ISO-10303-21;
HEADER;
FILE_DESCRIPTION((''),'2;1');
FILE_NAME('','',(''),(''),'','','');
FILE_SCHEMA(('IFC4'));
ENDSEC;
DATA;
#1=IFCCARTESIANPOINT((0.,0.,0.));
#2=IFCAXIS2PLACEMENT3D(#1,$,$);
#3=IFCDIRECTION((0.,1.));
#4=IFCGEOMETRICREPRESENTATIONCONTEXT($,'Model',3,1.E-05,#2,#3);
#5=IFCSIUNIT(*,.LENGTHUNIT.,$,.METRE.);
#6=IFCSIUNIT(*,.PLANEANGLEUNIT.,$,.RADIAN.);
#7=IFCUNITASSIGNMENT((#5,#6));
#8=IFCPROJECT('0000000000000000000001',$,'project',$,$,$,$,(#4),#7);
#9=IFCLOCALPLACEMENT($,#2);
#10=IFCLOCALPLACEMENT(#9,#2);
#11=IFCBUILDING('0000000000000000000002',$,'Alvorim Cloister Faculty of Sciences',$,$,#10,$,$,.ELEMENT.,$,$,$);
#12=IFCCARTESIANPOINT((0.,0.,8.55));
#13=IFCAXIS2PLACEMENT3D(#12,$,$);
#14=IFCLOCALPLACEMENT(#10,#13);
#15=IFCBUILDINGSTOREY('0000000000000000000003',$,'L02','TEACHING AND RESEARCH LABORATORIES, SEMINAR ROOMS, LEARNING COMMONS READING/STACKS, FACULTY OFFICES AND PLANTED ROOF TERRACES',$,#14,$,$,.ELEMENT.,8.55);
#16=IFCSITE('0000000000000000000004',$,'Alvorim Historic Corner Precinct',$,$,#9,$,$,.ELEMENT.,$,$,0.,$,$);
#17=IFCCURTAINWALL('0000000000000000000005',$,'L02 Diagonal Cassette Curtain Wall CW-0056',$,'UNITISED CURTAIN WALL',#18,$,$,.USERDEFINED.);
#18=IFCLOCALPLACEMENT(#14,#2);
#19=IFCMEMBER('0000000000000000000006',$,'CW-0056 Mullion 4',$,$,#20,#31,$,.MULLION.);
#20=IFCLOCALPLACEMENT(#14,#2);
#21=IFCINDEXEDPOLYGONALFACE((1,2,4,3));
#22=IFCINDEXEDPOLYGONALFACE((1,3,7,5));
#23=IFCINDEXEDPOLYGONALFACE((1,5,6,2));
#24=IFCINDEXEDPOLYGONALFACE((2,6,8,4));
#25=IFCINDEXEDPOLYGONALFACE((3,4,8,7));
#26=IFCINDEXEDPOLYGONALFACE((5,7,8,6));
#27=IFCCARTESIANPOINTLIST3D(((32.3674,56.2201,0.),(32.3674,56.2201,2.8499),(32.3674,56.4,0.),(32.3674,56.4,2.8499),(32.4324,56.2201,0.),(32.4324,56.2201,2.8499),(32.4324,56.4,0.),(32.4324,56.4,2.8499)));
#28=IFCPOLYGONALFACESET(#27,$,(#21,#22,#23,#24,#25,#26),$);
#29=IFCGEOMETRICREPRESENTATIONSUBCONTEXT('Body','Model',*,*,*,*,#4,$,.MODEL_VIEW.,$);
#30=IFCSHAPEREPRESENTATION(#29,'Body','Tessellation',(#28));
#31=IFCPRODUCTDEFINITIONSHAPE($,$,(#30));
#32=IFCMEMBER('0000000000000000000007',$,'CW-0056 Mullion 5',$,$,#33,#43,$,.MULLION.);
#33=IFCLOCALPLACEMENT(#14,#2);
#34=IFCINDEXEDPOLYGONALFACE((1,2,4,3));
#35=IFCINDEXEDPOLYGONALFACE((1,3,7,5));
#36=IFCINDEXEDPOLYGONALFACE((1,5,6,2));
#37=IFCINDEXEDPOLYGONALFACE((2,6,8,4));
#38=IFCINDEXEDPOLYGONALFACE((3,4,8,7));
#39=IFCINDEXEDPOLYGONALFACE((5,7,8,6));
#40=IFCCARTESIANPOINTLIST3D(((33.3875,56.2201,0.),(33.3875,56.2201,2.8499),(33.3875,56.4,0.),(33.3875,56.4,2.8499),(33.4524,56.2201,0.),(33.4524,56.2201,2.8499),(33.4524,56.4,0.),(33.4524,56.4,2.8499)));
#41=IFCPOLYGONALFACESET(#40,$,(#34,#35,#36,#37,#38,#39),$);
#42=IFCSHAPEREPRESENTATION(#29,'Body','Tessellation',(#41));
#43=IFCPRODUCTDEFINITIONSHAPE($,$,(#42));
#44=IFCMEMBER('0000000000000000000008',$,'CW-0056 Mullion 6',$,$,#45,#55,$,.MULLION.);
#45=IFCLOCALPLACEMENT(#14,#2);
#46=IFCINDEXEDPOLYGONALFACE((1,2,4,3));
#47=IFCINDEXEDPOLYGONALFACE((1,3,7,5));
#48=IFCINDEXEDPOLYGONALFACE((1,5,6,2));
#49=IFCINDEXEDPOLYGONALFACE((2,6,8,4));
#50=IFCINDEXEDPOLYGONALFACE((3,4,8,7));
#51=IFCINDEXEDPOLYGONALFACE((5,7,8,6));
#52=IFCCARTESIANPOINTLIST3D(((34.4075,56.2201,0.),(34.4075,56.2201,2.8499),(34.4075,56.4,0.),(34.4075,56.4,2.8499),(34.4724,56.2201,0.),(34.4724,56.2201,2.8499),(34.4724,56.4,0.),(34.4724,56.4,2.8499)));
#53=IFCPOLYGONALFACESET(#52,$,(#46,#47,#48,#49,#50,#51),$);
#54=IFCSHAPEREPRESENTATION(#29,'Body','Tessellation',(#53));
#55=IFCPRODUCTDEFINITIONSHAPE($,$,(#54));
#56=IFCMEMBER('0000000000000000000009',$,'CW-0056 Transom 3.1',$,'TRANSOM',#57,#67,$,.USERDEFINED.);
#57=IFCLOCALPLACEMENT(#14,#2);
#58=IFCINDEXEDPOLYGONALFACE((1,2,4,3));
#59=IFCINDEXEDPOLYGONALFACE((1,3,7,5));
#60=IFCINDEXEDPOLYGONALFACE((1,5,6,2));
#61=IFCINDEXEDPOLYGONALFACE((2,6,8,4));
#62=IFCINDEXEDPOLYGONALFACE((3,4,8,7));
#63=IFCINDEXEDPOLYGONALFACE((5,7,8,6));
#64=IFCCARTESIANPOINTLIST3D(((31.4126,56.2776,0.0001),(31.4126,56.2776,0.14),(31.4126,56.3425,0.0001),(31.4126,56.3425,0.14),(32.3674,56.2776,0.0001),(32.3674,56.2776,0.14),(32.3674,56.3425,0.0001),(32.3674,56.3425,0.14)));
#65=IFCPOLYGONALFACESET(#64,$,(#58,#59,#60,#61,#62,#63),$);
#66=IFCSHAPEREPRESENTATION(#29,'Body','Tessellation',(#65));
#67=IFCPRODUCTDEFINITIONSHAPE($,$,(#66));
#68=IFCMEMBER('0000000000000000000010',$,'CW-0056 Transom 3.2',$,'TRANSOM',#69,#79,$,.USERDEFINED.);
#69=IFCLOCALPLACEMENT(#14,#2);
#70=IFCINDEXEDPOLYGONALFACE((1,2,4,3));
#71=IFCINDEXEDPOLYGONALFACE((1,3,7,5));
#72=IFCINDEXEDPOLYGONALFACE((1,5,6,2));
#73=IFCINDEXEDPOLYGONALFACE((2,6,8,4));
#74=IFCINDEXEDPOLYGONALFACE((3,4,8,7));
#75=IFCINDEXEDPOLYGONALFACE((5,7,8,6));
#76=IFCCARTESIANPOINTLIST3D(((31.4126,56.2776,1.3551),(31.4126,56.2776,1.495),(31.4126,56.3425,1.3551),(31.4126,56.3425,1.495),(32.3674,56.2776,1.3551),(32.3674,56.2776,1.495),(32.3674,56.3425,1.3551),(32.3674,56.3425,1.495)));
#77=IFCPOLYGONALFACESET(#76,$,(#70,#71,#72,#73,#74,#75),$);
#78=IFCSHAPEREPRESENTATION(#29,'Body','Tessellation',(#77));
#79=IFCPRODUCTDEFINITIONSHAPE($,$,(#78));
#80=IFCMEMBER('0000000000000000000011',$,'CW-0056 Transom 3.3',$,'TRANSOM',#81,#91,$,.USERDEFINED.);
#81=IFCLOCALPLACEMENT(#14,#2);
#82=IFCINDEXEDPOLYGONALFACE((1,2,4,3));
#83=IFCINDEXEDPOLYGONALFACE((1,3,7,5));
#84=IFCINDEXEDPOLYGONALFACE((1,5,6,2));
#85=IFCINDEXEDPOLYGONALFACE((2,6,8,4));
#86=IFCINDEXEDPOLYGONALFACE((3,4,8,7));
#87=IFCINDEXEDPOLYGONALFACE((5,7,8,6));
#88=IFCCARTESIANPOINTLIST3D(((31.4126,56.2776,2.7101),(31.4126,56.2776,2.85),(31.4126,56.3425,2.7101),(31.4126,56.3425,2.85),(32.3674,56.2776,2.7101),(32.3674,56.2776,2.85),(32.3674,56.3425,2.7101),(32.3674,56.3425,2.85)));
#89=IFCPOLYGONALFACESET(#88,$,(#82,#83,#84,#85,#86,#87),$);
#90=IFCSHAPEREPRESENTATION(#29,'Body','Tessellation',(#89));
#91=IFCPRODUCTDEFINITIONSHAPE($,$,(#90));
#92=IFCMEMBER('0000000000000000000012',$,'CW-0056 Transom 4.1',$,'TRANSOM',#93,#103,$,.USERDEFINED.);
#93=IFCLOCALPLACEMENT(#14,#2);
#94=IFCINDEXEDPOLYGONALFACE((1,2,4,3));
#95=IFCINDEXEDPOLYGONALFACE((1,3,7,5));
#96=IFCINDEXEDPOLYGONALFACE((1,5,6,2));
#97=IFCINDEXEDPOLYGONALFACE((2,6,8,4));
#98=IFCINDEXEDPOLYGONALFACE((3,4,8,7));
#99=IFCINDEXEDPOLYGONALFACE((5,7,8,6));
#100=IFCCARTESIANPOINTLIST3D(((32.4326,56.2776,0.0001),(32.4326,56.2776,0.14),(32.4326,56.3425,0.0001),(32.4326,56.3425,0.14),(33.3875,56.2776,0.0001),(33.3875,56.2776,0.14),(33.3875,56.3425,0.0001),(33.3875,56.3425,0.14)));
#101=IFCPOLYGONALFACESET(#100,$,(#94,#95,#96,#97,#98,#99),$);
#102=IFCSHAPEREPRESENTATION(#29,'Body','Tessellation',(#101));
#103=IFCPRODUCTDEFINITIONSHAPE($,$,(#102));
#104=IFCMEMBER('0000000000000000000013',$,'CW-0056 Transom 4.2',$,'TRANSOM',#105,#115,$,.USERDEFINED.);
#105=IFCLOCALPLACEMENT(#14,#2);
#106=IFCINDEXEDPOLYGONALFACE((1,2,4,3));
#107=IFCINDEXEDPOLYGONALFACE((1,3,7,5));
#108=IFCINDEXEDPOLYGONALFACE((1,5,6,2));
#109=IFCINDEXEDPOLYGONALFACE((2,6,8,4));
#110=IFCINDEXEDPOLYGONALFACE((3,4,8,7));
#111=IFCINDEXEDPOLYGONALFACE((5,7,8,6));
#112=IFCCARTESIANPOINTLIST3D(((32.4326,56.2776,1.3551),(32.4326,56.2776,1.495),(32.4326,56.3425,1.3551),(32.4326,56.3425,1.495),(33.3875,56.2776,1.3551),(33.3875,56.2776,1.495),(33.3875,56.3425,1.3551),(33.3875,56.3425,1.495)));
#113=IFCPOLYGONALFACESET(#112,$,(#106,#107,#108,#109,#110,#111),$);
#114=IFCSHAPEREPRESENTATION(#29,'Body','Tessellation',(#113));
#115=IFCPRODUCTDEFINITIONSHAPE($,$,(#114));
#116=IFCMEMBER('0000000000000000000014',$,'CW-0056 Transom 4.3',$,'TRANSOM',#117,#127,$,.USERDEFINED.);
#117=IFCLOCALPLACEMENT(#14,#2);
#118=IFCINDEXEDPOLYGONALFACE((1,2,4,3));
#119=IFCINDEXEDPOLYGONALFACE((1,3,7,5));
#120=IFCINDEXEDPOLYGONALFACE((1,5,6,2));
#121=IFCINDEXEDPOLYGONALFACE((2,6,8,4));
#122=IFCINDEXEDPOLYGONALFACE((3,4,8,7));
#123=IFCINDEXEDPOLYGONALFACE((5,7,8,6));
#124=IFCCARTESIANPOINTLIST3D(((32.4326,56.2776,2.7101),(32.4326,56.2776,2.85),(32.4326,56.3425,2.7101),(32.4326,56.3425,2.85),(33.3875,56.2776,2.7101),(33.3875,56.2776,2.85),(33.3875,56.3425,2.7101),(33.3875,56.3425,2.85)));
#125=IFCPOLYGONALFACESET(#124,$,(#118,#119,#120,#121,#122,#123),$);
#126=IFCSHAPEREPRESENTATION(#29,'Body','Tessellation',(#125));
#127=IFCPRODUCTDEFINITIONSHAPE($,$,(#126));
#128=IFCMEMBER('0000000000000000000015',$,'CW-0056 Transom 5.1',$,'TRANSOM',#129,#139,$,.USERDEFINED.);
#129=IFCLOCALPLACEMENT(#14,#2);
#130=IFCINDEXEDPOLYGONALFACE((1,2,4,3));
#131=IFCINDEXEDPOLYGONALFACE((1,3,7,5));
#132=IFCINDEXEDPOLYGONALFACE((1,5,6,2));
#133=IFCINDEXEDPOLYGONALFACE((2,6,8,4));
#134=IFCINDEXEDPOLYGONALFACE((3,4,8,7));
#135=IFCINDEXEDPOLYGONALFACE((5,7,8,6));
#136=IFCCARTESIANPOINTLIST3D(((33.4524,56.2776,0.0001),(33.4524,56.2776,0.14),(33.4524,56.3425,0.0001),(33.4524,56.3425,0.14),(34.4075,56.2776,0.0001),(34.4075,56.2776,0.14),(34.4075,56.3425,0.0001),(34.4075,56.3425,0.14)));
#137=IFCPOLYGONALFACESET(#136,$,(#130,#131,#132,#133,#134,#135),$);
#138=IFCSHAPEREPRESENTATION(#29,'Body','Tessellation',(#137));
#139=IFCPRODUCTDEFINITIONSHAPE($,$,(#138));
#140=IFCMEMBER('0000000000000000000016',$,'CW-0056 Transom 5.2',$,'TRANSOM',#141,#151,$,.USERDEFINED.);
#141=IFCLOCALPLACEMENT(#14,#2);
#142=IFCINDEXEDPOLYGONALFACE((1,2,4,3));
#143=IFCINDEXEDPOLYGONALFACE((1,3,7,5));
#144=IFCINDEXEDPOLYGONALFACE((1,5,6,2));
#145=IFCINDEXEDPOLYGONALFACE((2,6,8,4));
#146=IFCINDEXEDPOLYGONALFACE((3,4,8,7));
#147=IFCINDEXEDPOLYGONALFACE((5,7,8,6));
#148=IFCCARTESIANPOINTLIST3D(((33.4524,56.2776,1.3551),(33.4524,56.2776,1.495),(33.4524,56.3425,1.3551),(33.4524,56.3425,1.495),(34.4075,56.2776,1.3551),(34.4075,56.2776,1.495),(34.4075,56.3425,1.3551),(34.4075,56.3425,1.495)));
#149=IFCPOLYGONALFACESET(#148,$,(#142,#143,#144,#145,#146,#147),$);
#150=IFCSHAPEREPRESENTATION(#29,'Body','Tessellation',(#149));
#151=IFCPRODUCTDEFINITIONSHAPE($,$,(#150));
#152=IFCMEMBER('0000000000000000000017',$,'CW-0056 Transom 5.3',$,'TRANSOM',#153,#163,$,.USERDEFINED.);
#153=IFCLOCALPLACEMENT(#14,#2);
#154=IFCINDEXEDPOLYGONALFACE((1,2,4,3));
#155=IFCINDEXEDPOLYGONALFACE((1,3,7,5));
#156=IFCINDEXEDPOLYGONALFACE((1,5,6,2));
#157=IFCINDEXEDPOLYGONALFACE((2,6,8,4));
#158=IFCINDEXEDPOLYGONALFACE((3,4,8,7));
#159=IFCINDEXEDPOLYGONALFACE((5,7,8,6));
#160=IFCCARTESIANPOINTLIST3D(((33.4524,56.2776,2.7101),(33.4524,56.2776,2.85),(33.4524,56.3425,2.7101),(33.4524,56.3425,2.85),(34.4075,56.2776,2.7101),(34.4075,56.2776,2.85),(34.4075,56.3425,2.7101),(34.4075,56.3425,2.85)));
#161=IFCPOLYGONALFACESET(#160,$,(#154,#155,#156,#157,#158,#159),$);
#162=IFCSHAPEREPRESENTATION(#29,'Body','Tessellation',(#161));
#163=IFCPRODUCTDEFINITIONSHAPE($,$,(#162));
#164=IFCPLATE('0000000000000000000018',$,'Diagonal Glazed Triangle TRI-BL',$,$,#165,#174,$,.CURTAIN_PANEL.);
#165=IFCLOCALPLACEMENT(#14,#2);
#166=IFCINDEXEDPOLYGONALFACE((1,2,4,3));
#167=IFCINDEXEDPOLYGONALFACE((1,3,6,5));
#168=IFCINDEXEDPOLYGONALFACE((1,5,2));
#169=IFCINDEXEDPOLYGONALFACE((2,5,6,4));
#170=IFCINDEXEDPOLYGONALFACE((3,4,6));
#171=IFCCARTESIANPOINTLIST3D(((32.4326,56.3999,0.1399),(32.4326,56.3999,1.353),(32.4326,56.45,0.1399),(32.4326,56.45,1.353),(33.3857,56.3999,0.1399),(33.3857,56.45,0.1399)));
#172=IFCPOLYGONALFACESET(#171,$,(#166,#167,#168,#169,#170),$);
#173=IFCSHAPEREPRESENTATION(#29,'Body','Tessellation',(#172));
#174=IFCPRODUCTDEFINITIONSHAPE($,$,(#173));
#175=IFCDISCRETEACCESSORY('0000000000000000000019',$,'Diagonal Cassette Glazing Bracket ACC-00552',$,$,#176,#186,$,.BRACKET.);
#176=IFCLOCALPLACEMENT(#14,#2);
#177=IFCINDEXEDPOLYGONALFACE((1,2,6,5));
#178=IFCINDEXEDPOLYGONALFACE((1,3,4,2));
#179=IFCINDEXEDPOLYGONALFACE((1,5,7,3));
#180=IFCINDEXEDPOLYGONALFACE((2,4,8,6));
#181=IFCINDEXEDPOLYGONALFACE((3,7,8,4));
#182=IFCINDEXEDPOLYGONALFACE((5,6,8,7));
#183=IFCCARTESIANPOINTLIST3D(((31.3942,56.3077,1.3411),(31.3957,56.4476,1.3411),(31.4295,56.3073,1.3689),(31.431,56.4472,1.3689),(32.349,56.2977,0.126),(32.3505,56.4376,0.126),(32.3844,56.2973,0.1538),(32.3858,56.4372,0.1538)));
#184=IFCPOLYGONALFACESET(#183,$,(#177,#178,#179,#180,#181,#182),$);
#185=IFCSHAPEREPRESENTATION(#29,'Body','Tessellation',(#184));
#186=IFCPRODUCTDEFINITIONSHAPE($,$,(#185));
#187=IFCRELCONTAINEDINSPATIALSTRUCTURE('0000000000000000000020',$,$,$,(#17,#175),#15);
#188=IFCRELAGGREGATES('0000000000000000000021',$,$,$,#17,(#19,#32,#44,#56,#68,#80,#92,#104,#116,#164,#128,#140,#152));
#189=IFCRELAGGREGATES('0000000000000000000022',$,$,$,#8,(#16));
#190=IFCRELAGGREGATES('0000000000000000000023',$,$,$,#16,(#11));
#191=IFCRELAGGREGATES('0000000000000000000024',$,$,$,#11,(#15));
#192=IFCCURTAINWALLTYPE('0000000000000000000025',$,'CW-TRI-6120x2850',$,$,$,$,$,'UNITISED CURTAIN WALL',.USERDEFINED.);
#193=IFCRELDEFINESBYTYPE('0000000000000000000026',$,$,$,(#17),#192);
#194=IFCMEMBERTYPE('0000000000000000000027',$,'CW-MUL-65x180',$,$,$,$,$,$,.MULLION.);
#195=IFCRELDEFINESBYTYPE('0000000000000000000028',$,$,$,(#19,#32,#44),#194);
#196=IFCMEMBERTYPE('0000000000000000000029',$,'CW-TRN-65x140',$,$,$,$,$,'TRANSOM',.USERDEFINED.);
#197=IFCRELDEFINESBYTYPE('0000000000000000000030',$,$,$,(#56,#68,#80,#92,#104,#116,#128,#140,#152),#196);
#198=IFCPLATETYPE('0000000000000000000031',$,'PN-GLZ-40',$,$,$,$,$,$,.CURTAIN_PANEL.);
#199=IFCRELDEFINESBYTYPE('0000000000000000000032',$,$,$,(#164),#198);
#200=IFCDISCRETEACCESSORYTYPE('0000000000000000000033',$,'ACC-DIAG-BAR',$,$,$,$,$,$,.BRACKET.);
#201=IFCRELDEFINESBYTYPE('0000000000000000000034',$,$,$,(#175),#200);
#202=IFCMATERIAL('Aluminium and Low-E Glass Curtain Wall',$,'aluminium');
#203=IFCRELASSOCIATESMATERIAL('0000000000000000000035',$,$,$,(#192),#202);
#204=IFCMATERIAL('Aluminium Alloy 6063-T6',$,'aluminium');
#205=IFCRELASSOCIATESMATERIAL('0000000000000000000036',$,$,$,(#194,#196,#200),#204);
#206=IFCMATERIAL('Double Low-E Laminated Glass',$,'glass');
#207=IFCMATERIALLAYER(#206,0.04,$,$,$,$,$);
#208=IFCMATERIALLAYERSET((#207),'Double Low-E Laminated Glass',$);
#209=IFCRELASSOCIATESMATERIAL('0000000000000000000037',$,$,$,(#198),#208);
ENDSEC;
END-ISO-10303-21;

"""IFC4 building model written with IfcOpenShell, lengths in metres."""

from ifc_helpers import new_model, si_unit, direction, frame, origin, origin_2d, place, context, subcontext, project, spatial, polyline, rectangle, outline, extrude, material, layer, layer_set, material_profile, profile_set, type_object, element, aggregate, save


model = new_model("IFC4")

# Units and contexts
model_context = context("Model", 3, precision=1e-05, world=origin(), true_north=direction((0.0, 1.0)))
body_context = subcontext(model_context, "Body", "Model", "MODEL_VIEW")
ifc_project = project(units=[si_unit("LENGTHUNIT", "METRE"), si_unit("PLANEANGLEUNIT", "RADIAN")], contexts=[model_context])

# Site, building, storey
site_placement = place(None, origin())
site = spatial("IfcSite", under=ifc_project, at=site_placement, Name="Alvorim Historic Corner Precinct", CompositionType="ELEMENT", RefElevation=0.0)
building_placement = place(site_placement, origin())
building = spatial("IfcBuilding", under=site, at=building_placement, Name="Alvorim Cloister Faculty of Sciences", CompositionType="ELEMENT")
storey_placement = place(building_placement, frame((0.0, 0.0, 8.55)))
storey = spatial("IfcBuildingStorey", under=building, at=storey_placement, Name="L02", Description="TEACHING AND RESEARCH LABORATORIES, SEMINAR ROOMS, LEARNING COMMONS READING/STACKS, FACULTY OFFICES AND PLANTED ROOF TERRACES", CompositionType="ELEMENT", Elevation=8.55)

# Curtain wall, members, plate
ifc_material_1 = material(Name="Aluminium and Low-E Glass Curtain Wall", Category="aluminium")
curtain_wall_type = type_object("IfcCurtainWallType", Name="CW-TRI-6120x2850", ElementType="UNITISED CURTAIN WALL", PredefinedType="USERDEFINED", material=ifc_material_1)
curtain_wall_placement = place(storey_placement, origin())
curtain_wall = element("IfcCurtainWall", 1, at=curtain_wall_placement, inside=storey, type_object=curtain_wall_type, Name="L02 Diagonal Cassette Curtain Wall CW-0056", ObjectType="UNITISED CURTAIN WALL", PredefinedType="USERDEFINED")
ifc_material_2 = material(Name="Aluminium Alloy 6063-T6", Category="aluminium")
ifc_material_profile_1 = material_profile(ifc_material_2, rectangle(XDim=0.0649, YDim=0.1799, at=origin_2d()), Name="ALU-MUL-65x180")
ifc_profile_set_1 = profile_set([ifc_material_profile_1], Name="Aluminium Alloy 6063-T6")
member_type_1 = type_object("IfcMemberType", Name="CW-MUL-65x180", PredefinedType="MULLION", material=ifc_profile_set_1)
member_1_placement = place(storey_placement, frame((32.3999, 56.3101, 0.0), z_axis=(0.0, 0.0, 1.0), x_axis=(1.0, 0.0, 0.0)))
member_1 = element("IfcMember", 2, at=member_1_placement, type_object=member_type_1, Name="CW-0056 Mullion 4", PredefinedType="MULLION", context=body_context, shape_type="SweptSolid", body=[
    extrude(rectangle(XDim=0.0649, YDim=0.1799, at=origin_2d()), origin(), (0.0, 0.0, 1.0), 2.8499),
])
member_2_placement = place(storey_placement, frame((33.4199, 56.3101, 0.0), z_axis=(0.0, 0.0, 1.0), x_axis=(1.0, 0.0, 0.0)))
member_2 = element("IfcMember", 3, at=member_2_placement, type_object=member_type_1, Name="CW-0056 Mullion 5", PredefinedType="MULLION", context=body_context, shape_type="SweptSolid", body=[
    extrude(rectangle(XDim=0.0649, YDim=0.1799, at=origin_2d()), origin(), (0.0, 0.0, 1.0), 2.8499),
])
member_3_placement = place(storey_placement, frame((34.4399, 56.3101, 0.0), z_axis=(0.0, 0.0, 1.0), x_axis=(1.0, 0.0, 0.0)))
member_3 = element("IfcMember", 4, at=member_3_placement, type_object=member_type_1, Name="CW-0056 Mullion 6", PredefinedType="MULLION", context=body_context, shape_type="SweptSolid", body=[
    extrude(rectangle(XDim=0.0649, YDim=0.1799, at=origin_2d()), origin(), (0.0, 0.0, 1.0), 2.8499),
])
ifc_material_profile_2 = material_profile(ifc_material_2, rectangle(XDim=0.0649, YDim=0.1399, at=origin_2d()), Name="ALU-TRN-65x140")
ifc_profile_set_2 = profile_set([ifc_material_profile_2], Name="Aluminium Alloy 6063-T6")
member_type_2 = type_object("IfcMemberType", Name="CW-TRN-65x140", ElementType="TRANSOM", PredefinedType="USERDEFINED", material=ifc_profile_set_2)
member_4_placement = place(storey_placement, frame((31.4126, 56.3101, 0.0701), z_axis=(1.0, 0.0, 0.0), x_axis=(0.0, 1.0, 0.0)))
member_4 = element("IfcMember", 5, at=member_4_placement, type_object=member_type_2, Name="CW-0056 Transom 3.1", ObjectType="TRANSOM", PredefinedType="USERDEFINED", context=body_context, shape_type="SweptSolid", body=[
    extrude(rectangle(XDim=0.0649, YDim=0.1399, at=origin_2d()), origin(), (0.0, 0.0, 1.0), 0.9548),
])
member_5_placement = place(storey_placement, frame((31.4126, 56.3101, 1.425), z_axis=(1.0, 0.0, 0.0), x_axis=(0.0, 1.0, 0.0)))
member_5 = element("IfcMember", 6, at=member_5_placement, type_object=member_type_2, Name="CW-0056 Transom 3.2", ObjectType="TRANSOM", PredefinedType="USERDEFINED", context=body_context, shape_type="SweptSolid", body=[
    extrude(rectangle(XDim=0.0649, YDim=0.1399, at=origin_2d()), origin(), (0.0, 0.0, 1.0), 0.9548),
])
member_6_placement = place(storey_placement, frame((31.4126, 56.3101, 2.78), z_axis=(1.0, 0.0, 0.0), x_axis=(0.0, 1.0, 0.0)))
member_6 = element("IfcMember", 7, at=member_6_placement, type_object=member_type_2, Name="CW-0056 Transom 3.3", ObjectType="TRANSOM", PredefinedType="USERDEFINED", context=body_context, shape_type="SweptSolid", body=[
    extrude(rectangle(XDim=0.0649, YDim=0.1399, at=origin_2d()), origin(), (0.0, 0.0, 1.0), 0.9548),
])
member_7_placement = place(storey_placement, frame((32.4326, 56.3101, 0.0701), z_axis=(1.0, 0.0, 0.0), x_axis=(0.0, 1.0, 0.0)))
member_7 = element("IfcMember", 8, at=member_7_placement, type_object=member_type_2, Name="CW-0056 Transom 4.1", ObjectType="TRANSOM", PredefinedType="USERDEFINED", context=body_context, shape_type="SweptSolid", body=[
    extrude(rectangle(XDim=0.0649, YDim=0.1399, at=origin_2d()), origin(), (0.0, 0.0, 1.0), 0.9548),
])
member_8_placement = place(storey_placement, frame((32.4326, 56.3101, 1.425), z_axis=(1.0, 0.0, 0.0), x_axis=(0.0, 1.0, 0.0)))
member_8 = element("IfcMember", 9, at=member_8_placement, type_object=member_type_2, Name="CW-0056 Transom 4.2", ObjectType="TRANSOM", PredefinedType="USERDEFINED", context=body_context, shape_type="SweptSolid", body=[
    extrude(rectangle(XDim=0.0649, YDim=0.1399, at=origin_2d()), origin(), (0.0, 0.0, 1.0), 0.9548),
])
member_9_placement = place(storey_placement, frame((32.4326, 56.3101, 2.78), z_axis=(1.0, 0.0, 0.0), x_axis=(0.0, 1.0, 0.0)))
member_9 = element("IfcMember", 10, at=member_9_placement, type_object=member_type_2, Name="CW-0056 Transom 4.3", ObjectType="TRANSOM", PredefinedType="USERDEFINED", context=body_context, shape_type="SweptSolid", body=[
    extrude(rectangle(XDim=0.0649, YDim=0.1399, at=origin_2d()), origin(), (0.0, 0.0, 1.0), 0.9548),
])
member_10_placement = place(storey_placement, frame((33.4524, 56.3101, 0.0701), z_axis=(1.0, 0.0, 0.0), x_axis=(0.0, 1.0, 0.0)))
member_10 = element("IfcMember", 11, at=member_10_placement, type_object=member_type_2, Name="CW-0056 Transom 5.1", ObjectType="TRANSOM", PredefinedType="USERDEFINED", context=body_context, shape_type="SweptSolid", body=[
    extrude(rectangle(XDim=0.0649, YDim=0.1399, at=origin_2d()), origin(), (0.0, 0.0, 1.0), 0.9551),
])
member_11_placement = place(storey_placement, frame((33.4524, 56.3101, 1.425), z_axis=(1.0, 0.0, 0.0), x_axis=(0.0, 1.0, 0.0)))
member_11 = element("IfcMember", 12, at=member_11_placement, type_object=member_type_2, Name="CW-0056 Transom 5.2", ObjectType="TRANSOM", PredefinedType="USERDEFINED", context=body_context, shape_type="SweptSolid", body=[
    extrude(rectangle(XDim=0.0649, YDim=0.1399, at=origin_2d()), origin(), (0.0, 0.0, 1.0), 0.9551),
])
member_12_placement = place(storey_placement, frame((33.4524, 56.3101, 2.78), z_axis=(1.0, 0.0, 0.0), x_axis=(0.0, 1.0, 0.0)))
member_12 = element("IfcMember", 13, at=member_12_placement, type_object=member_type_2, Name="CW-0056 Transom 5.3", ObjectType="TRANSOM", PredefinedType="USERDEFINED", context=body_context, shape_type="SweptSolid", body=[
    extrude(rectangle(XDim=0.0649, YDim=0.1399, at=origin_2d()), origin(), (0.0, 0.0, 1.0), 0.9551),
])
ifc_material_3 = material(Name="Double Low-E Laminated Glass", Category="glass")
ifc_layer = layer(ifc_material_3, 0.04)
ifc_layer_set = layer_set([ifc_layer], Name="Double Low-E Laminated Glass")
plate_type = type_object("IfcPlateType", Name="PN-GLZ-40", PredefinedType="CURTAIN_PANEL", material=ifc_layer_set)
plate_1_placement = place(storey_placement, frame((32.4326, 56.425, 0.1399), z_axis=(0.0, 0.0, 1.0), x_axis=(1.0, 0.0, 0.0)))
plate_1 = element("IfcPlate", 14, at=plate_1_placement, type_object=plate_type, Name="Diagonal Glazed Triangle TRI-BL", PredefinedType="CURTAIN_PANEL", context=body_context, shape_type="SweptSolid", body=[
    extrude(outline(polyline([(0.0, 0.0), (0.9531, 0.0), (0.0, 1.2131), (0.0, 0.0)])), frame((0.0, 0.0249, 0.0), z_axis=(0.0, -1.0, 0.0), x_axis=(1.0, 0.0, 0.0)), (0.0, 0.0, 1.0), 0.05),
])
aggregate(curtain_wall, [member_1, member_2, member_3, member_4, member_5, member_6, member_7, member_8, member_9, plate_1, member_10, member_11, member_12])

# Discrete accessory
discrete_accessory_type = type_object("IfcDiscreteAccessoryType", Name="ACC-DIAG-BAR", PredefinedType="BRACKET", material=ifc_material_2)
for number, where, z_axis, x_axis, name in (
    (15, (31.4126, 56.3774, 1.355), (0.617857, -0.006477, -0.786263), (0.010483, 0.999945, 0.0), "Diagonal Cassette Glazing Bracket ACC-00552"),
):
    element("IfcDiscreteAccessory", number, at=place(storey_placement, frame(where, z_axis=z_axis, x_axis=x_axis)), inside=storey, type_object=discrete_accessory_type, Name=name, PredefinedType="BRACKET", context=body_context, shape_type="SweptSolid", body=[
        extrude(rectangle(XDim=0.1399, YDim=0.0449, at=origin_2d()), origin(), (0.0, 0.0, 1.0), 1.5454),
    ])

save(model, "model.ifc")
